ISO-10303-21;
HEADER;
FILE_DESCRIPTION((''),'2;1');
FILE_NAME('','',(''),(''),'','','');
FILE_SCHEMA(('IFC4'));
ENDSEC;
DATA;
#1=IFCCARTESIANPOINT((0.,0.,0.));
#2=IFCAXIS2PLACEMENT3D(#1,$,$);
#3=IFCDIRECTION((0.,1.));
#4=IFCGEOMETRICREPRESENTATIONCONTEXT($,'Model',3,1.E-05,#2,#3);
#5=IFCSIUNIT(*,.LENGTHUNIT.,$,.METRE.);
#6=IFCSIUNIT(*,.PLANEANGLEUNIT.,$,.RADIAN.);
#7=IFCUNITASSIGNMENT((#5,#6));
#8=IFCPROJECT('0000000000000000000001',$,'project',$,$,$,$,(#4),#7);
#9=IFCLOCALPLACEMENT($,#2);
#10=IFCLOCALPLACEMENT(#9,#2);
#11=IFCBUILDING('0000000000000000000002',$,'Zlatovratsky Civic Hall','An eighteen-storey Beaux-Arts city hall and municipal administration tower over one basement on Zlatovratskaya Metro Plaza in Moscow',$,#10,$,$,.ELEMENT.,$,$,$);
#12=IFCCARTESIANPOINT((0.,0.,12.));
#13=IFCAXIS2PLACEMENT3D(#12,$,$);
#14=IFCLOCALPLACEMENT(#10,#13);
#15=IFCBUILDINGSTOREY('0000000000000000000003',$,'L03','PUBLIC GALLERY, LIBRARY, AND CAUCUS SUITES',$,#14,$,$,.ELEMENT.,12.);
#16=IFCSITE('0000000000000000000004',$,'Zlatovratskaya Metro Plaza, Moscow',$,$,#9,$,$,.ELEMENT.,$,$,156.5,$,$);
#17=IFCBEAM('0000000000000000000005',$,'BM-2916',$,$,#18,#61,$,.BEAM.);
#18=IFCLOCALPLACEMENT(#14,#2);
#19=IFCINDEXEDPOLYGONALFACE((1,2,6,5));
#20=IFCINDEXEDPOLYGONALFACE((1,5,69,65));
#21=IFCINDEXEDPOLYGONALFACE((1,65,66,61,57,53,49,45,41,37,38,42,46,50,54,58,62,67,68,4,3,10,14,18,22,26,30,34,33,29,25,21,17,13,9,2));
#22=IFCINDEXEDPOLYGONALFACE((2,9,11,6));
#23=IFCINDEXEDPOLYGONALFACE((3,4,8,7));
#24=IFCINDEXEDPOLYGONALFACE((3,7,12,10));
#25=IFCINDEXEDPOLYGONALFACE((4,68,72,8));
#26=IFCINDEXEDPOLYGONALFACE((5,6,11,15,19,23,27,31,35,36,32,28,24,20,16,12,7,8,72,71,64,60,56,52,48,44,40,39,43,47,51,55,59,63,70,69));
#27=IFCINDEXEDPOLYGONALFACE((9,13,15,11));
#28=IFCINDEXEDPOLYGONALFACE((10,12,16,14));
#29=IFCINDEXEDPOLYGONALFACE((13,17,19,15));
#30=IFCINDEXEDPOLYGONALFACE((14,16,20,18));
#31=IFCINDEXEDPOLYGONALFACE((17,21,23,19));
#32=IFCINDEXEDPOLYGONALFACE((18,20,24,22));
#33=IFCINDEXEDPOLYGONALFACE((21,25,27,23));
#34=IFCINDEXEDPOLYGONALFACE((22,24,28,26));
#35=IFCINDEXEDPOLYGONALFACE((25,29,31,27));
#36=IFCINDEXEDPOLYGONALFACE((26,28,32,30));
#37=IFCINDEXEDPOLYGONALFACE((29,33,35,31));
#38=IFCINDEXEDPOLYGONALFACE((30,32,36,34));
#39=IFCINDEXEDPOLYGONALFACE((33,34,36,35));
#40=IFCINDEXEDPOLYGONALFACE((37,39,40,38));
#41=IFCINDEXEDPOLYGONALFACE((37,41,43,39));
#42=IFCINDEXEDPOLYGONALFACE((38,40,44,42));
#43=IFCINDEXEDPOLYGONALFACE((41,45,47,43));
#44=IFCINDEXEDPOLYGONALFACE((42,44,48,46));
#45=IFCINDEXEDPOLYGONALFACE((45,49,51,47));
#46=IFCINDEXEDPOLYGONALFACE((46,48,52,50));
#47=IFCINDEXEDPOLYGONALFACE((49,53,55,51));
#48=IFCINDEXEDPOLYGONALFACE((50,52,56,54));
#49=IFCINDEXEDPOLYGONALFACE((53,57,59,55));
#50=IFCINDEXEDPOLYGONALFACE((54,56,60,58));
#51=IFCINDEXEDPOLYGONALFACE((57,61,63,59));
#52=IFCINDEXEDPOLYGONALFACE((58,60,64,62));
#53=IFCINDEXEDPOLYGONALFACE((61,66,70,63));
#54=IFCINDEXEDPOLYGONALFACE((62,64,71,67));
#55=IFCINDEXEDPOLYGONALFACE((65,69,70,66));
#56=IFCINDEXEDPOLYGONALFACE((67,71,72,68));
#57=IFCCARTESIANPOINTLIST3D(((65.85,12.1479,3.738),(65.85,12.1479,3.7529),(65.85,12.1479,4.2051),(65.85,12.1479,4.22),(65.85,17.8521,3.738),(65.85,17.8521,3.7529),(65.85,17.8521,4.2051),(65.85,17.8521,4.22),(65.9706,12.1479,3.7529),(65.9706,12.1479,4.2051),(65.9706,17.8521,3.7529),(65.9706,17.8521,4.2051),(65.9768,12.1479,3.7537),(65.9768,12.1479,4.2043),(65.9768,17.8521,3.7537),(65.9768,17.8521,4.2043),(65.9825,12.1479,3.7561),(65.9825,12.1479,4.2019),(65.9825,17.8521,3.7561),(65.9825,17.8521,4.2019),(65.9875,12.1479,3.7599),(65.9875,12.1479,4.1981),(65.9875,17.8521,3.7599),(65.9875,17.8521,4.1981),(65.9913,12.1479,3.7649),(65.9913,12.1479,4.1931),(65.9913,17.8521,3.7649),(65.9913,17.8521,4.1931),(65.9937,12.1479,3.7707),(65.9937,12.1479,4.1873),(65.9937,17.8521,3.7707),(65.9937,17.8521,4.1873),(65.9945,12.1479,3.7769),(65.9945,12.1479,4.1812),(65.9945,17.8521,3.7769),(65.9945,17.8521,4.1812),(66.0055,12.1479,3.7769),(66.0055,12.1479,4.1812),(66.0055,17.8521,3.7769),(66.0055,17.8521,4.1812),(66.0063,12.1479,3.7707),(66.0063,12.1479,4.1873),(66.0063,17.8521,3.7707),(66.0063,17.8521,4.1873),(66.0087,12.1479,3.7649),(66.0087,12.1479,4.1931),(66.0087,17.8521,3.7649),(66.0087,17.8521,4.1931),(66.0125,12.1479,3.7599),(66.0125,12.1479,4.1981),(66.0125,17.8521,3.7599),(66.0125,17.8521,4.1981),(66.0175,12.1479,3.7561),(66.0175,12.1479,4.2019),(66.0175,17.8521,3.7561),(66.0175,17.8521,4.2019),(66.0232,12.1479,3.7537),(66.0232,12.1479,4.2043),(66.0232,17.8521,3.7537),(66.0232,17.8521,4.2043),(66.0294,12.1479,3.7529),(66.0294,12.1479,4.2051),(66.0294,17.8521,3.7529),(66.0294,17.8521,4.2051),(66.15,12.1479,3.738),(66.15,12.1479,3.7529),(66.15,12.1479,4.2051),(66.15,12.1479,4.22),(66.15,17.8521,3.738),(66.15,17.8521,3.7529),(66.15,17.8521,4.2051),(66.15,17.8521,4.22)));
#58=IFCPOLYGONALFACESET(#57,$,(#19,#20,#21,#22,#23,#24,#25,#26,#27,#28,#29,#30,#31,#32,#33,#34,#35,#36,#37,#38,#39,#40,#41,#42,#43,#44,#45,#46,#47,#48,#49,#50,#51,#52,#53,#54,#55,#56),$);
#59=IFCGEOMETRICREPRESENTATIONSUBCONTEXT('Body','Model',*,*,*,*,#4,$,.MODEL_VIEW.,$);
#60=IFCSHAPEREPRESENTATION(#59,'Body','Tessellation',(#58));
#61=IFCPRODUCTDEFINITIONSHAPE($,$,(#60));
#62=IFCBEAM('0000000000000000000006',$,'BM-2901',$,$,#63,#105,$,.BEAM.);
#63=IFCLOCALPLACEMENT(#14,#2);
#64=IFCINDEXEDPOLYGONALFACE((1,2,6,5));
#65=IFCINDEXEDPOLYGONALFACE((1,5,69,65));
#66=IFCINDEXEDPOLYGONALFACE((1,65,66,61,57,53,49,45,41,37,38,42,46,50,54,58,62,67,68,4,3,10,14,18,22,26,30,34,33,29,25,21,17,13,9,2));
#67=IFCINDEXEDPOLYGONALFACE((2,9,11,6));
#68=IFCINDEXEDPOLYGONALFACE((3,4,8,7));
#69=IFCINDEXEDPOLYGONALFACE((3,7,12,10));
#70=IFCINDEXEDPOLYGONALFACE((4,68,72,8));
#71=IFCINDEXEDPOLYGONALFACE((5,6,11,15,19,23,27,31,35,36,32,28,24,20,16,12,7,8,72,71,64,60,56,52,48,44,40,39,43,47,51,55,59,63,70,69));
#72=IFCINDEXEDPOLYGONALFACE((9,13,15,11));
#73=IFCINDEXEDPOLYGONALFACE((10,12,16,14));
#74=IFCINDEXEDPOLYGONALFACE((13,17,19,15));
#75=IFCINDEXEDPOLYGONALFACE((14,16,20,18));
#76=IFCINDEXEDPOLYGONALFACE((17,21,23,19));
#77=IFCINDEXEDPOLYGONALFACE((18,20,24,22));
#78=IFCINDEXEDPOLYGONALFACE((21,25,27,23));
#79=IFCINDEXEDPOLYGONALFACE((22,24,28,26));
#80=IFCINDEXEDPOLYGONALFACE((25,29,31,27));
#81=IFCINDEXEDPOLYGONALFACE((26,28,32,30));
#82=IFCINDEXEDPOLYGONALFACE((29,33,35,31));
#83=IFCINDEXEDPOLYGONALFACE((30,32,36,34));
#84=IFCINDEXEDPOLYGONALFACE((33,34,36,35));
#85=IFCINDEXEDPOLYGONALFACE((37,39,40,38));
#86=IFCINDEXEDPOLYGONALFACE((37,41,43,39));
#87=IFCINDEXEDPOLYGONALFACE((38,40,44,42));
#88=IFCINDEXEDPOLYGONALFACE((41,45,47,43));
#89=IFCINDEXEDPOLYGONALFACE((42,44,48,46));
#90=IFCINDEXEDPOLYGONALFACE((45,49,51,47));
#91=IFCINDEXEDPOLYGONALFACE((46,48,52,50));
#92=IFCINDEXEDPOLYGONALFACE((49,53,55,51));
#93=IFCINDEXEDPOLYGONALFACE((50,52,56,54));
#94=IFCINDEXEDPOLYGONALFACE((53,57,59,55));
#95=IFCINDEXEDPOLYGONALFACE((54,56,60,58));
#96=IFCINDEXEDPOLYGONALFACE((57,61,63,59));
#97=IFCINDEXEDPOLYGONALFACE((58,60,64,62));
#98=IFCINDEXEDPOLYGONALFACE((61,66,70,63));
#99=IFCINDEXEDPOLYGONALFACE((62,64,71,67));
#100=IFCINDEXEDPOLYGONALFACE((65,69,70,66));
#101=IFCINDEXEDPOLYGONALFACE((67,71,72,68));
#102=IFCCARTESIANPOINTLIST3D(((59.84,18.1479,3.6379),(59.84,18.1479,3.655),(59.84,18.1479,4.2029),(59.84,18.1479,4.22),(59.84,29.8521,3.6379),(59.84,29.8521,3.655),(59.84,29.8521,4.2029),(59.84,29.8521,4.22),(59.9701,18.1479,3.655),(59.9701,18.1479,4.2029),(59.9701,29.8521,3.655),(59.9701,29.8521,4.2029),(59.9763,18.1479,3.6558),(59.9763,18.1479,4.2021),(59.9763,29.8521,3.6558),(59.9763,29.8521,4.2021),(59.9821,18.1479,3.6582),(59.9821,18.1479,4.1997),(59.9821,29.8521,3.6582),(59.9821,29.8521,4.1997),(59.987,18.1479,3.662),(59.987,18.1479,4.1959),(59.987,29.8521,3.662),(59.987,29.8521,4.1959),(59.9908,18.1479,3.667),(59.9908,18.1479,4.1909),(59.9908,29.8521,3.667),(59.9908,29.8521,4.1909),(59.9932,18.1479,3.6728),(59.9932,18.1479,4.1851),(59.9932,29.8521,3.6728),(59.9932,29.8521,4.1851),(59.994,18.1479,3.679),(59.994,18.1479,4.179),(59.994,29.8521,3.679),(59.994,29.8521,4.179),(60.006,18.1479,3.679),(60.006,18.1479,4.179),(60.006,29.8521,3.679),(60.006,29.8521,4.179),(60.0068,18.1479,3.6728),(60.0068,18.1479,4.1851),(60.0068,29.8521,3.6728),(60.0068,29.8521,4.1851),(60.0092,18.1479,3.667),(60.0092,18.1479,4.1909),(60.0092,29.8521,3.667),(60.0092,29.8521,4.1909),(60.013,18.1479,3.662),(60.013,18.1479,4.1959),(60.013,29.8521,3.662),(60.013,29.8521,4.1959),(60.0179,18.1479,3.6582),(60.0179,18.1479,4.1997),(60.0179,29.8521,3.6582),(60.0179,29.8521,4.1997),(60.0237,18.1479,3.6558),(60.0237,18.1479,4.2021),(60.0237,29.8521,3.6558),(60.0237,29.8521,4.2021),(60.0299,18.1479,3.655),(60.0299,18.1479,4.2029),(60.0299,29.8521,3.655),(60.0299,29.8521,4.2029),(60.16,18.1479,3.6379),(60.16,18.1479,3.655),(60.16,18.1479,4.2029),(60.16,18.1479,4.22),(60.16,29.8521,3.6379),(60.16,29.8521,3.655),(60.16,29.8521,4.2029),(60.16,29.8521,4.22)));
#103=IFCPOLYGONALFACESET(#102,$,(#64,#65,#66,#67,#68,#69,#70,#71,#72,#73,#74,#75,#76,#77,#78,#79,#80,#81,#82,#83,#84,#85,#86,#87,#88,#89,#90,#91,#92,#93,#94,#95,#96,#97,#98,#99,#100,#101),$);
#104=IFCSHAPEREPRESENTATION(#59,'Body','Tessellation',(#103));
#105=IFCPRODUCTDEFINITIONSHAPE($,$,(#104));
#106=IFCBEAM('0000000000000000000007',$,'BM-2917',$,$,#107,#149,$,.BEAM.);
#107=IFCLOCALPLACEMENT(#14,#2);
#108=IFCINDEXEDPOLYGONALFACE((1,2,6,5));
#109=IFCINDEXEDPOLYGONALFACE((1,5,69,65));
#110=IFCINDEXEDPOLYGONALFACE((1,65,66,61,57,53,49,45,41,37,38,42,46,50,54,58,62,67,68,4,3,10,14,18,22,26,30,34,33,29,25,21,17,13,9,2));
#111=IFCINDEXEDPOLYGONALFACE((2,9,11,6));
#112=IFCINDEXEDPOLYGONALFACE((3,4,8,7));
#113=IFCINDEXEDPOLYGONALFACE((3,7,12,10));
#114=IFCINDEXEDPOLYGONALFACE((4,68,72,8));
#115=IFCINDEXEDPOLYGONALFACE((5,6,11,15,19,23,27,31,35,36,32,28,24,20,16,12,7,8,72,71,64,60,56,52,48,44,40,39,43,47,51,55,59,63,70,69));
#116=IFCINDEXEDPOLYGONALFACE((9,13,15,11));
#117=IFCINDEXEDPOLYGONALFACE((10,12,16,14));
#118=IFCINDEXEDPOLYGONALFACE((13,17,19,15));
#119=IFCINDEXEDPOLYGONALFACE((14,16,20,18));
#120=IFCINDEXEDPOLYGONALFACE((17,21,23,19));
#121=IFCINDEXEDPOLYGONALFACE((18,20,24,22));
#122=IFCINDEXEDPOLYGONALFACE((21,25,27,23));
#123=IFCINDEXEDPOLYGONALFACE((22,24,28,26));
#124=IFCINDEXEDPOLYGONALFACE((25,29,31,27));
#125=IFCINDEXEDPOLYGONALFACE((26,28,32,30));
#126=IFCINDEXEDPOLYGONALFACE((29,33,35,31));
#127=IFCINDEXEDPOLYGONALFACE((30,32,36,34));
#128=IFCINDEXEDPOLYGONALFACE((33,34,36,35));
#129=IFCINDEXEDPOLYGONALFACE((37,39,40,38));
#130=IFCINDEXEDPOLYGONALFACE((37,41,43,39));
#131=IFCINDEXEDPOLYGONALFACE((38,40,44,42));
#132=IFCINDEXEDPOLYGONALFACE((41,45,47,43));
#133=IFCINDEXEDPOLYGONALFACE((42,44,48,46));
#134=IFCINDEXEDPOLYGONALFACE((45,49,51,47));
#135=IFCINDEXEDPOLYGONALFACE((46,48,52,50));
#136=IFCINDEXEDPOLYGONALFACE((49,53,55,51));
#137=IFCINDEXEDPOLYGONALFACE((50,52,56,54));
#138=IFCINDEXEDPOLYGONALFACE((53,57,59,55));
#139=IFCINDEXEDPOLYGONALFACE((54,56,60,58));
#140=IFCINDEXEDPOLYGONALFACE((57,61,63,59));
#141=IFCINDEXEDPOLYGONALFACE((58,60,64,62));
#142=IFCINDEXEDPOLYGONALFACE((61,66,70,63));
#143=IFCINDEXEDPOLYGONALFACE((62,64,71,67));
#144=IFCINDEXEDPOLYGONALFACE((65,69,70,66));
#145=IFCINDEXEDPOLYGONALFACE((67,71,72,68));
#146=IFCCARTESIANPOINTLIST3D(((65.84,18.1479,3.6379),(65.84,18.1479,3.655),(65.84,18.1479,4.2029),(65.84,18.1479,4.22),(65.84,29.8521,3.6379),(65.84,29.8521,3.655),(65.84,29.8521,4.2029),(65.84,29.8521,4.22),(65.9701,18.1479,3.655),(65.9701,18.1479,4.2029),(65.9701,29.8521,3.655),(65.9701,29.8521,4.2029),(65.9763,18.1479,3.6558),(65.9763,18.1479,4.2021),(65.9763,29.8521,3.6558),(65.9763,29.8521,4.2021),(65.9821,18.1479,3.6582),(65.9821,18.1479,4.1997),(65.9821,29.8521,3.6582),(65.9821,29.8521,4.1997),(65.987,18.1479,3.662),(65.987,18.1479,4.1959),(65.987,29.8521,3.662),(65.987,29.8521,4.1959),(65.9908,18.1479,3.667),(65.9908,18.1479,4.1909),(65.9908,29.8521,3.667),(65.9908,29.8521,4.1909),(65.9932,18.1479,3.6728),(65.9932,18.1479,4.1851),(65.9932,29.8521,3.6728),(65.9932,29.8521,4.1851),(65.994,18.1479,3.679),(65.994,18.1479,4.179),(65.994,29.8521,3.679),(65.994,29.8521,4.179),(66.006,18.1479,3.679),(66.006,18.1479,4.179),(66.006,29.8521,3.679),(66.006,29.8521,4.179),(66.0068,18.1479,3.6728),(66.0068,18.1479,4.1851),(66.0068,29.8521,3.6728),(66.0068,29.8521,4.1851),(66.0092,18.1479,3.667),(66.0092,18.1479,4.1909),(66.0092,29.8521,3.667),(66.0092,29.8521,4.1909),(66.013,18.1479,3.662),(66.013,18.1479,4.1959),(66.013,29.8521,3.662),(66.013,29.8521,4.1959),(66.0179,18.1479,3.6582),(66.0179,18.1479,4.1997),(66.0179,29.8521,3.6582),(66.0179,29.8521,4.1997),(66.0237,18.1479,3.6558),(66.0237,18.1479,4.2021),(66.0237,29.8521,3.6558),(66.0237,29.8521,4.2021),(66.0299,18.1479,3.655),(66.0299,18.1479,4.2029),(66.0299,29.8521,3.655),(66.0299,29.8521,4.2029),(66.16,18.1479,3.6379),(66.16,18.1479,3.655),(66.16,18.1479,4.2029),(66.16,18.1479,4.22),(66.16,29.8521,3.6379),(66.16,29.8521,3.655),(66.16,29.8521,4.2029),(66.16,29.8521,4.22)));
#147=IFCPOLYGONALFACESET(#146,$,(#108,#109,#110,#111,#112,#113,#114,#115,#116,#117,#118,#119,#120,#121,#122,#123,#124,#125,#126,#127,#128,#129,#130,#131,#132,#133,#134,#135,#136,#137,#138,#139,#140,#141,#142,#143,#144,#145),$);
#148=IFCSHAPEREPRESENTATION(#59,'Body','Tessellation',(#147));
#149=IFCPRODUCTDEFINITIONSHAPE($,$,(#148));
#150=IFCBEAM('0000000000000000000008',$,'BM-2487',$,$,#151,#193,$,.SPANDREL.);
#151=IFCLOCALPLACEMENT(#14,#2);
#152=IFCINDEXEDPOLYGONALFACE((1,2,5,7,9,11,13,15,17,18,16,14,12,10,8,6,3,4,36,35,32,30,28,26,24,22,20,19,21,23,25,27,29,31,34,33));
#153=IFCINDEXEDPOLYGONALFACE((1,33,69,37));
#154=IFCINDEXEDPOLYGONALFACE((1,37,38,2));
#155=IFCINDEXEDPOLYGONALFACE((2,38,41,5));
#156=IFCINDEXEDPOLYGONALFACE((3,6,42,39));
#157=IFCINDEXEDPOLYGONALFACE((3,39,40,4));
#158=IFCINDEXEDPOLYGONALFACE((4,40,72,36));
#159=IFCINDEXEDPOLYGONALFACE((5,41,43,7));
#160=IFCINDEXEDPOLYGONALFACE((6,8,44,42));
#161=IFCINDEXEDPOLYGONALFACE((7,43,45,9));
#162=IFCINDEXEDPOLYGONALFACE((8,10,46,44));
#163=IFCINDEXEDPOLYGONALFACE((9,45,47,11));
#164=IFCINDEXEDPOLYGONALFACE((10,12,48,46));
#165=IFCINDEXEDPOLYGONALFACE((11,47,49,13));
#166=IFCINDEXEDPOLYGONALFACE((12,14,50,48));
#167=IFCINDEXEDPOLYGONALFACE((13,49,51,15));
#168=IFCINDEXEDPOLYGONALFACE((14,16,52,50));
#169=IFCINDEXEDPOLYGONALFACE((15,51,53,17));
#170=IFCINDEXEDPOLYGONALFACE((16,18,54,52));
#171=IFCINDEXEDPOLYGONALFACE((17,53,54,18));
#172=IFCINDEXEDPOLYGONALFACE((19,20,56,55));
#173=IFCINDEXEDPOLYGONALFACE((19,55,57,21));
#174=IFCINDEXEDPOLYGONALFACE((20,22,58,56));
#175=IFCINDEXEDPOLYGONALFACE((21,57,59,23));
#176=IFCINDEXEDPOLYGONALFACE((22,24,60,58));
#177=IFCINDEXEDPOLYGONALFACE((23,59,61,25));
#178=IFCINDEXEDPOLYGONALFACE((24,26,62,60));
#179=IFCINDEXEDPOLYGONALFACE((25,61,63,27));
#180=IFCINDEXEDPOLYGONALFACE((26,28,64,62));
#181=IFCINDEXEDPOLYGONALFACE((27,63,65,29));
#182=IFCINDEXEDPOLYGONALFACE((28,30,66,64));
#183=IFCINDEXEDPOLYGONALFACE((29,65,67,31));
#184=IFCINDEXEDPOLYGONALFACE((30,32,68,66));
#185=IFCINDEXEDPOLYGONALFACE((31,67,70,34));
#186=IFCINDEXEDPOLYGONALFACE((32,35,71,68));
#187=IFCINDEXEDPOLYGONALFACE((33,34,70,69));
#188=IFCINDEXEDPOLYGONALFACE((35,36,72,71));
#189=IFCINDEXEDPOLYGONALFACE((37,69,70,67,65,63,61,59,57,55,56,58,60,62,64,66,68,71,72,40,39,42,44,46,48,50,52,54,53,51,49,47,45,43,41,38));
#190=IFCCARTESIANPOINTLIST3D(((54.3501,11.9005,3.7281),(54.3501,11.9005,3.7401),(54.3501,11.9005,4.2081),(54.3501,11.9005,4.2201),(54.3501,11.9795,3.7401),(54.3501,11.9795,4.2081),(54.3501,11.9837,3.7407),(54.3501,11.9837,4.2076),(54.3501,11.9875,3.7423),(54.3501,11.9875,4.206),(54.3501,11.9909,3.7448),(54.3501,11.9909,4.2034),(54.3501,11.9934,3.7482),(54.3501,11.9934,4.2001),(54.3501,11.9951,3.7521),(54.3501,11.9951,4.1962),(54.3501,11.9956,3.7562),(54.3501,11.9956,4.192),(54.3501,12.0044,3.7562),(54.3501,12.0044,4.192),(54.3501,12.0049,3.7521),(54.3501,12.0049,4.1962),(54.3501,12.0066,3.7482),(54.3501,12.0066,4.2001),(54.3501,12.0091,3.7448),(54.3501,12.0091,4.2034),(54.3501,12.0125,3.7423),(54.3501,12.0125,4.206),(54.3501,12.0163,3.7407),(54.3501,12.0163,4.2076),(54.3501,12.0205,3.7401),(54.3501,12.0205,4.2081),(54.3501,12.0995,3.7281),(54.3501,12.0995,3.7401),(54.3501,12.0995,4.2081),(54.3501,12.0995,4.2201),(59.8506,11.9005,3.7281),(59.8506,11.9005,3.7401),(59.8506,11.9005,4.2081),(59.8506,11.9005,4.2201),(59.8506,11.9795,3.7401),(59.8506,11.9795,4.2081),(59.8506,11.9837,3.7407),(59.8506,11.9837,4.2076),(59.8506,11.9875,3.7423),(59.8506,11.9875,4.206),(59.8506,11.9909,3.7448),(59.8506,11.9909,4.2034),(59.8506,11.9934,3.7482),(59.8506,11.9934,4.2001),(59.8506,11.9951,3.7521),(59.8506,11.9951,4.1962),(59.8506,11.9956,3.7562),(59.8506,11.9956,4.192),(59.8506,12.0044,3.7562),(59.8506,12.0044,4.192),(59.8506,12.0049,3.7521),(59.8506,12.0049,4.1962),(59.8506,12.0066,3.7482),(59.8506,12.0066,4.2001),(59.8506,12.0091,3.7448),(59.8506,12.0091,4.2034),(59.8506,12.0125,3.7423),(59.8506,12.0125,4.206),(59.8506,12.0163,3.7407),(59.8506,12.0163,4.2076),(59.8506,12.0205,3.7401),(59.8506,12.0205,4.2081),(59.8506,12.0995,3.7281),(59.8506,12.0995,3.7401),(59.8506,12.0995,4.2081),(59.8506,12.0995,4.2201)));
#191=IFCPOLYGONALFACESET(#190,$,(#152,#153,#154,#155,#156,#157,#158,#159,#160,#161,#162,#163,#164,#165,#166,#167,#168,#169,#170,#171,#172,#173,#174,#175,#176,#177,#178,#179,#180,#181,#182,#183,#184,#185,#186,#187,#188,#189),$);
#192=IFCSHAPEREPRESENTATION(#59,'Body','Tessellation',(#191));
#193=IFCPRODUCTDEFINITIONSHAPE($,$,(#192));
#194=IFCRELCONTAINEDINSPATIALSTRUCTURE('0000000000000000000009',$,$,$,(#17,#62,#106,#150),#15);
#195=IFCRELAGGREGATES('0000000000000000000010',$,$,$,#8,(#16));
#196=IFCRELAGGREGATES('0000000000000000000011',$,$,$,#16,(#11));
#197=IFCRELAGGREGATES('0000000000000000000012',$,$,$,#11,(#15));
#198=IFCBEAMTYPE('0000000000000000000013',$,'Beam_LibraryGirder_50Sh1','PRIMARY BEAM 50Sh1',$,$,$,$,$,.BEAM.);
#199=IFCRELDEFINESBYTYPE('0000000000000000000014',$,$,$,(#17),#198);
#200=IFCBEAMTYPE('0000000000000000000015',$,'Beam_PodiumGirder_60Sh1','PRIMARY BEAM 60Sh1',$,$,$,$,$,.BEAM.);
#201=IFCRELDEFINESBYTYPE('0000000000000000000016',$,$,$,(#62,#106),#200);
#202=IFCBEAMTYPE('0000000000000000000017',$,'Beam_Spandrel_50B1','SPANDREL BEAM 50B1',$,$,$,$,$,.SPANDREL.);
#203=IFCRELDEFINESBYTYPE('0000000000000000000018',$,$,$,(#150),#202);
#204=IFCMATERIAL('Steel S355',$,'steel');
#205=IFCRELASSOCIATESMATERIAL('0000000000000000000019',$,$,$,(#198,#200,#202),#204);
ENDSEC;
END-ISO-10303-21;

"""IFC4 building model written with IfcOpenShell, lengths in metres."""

from ifc_helpers import new_model, si_unit, direction, frame, origin, origin_2d, place, context, subcontext, project, spatial, i_section, extrude, material, material_profile, profile_set, type_object, element, save


model = new_model("IFC4")

# Units and contexts
model_context = context("Model", 3, precision=1e-05, world=origin(), true_north=direction((0.0, 1.0)))
body_context = subcontext(model_context, "Body", "Model", "MODEL_VIEW")
ifc_project = project(units=[si_unit("LENGTHUNIT", "METRE"), si_unit("PLANEANGLEUNIT", "RADIAN")], contexts=[model_context])

# Site, building, storey
site_placement = place(None, origin())
site = spatial("IfcSite", under=ifc_project, at=site_placement, Name="Zlatovratskaya Metro Plaza, Moscow", CompositionType="ELEMENT", RefElevation=156.5)
building_placement = place(site_placement, origin())
building = spatial("IfcBuilding", under=site, at=building_placement, Name="Zlatovratsky Civic Hall", Description="An eighteen-storey Beaux-Arts city hall and municipal administration tower over one basement on Zlatovratskaya Metro Plaza in Moscow", CompositionType="ELEMENT")
storey_placement = place(building_placement, frame((0.0, 0.0, 12.0)))
storey = spatial("IfcBuildingStorey", under=building, at=storey_placement, Name="L03", Description="PUBLIC GALLERY, LIBRARY, AND CAUCUS SUITES", CompositionType="ELEMENT", Elevation=12.0)

# Shared definitions
ifc_material_1 = material(Name="Steel S355", Category="steel")

# Beams
ifc_material_profile_1 = material_profile(ifc_material_1, i_section(OverallWidth=0.3, OverallDepth=0.4819, WebThickness=0.011, FlangeThickness=0.0149, FilletRadius=0.0239, at=origin_2d()), Name="50Sh1")
ifc_profile_set_1 = profile_set([ifc_material_profile_1], Name="Steel S355")
beam_type_1 = type_object("IfcBeamType", Name="Beam_LibraryGirder_50Sh1", Description="PRIMARY BEAM 50Sh1", PredefinedType="BEAM", material=ifc_profile_set_1)
for number, where, z_axis, x_axis, name in (
    (1, (66.0, 12.1479, 3.979), (0.0, 1.0, 0.0), (-1.0, 0.0, 0.0), "BM-2916"),
):
    element("IfcBeam", number, at=place(storey_placement, frame(where, z_axis=z_axis, x_axis=x_axis)), inside=storey, type_object=beam_type_1, Name=name, PredefinedType="BEAM", context=body_context, shape_type="SweptSolid", body=[
        extrude(i_section(OverallWidth=0.3, OverallDepth=0.4819, WebThickness=0.011, FlangeThickness=0.0149, FilletRadius=0.0239, at=origin_2d()), origin(), (0.0, 0.0, 1.0), 5.7041),
    ])
ifc_material_profile_2 = material_profile(ifc_material_1, i_section(OverallWidth=0.3201, OverallDepth=0.582, WebThickness=0.012, FlangeThickness=0.0171, FilletRadius=0.0239, at=origin_2d()), Name="60Sh1")
ifc_profile_set_2 = profile_set([ifc_material_profile_2], Name="Steel S355")
beam_type_2 = type_object("IfcBeamType", Name="Beam_PodiumGirder_60Sh1", Description="PRIMARY BEAM 60Sh1", PredefinedType="BEAM", material=ifc_profile_set_2)
for number, where, z_axis, x_axis, name in (
    (2, (60.0, 18.1479, 3.929), (0.0, 1.0, 0.0), (-1.0, 0.0, 0.0), "BM-2901"),
    (3, (66.0, 18.1479, 3.929), (0.0, 1.0, 0.0), (-1.0, 0.0, 0.0), "BM-2917"),
):
    element("IfcBeam", number, at=place(storey_placement, frame(where, z_axis=z_axis, x_axis=x_axis)), inside=storey, type_object=beam_type_2, Name=name, PredefinedType="BEAM", context=body_context, shape_type="SweptSolid", body=[
        extrude(i_section(OverallWidth=0.3201, OverallDepth=0.582, WebThickness=0.012, FlangeThickness=0.0171, FilletRadius=0.0239, at=origin_2d()), origin(), (0.0, 0.0, 1.0), 11.7041),
    ])
ifc_material_profile_3 = material_profile(ifc_material_1, i_section(OverallWidth=0.199, OverallDepth=0.4919, WebThickness=0.0088, FlangeThickness=0.012, FilletRadius=0.0161, at=origin_2d()), Name="50B1")
ifc_profile_set_3 = profile_set([ifc_material_profile_3], Name="Steel S355")
beam_type_3 = type_object("IfcBeamType", Name="Beam_Spandrel_50B1", Description="SPANDREL BEAM 50B1", PredefinedType="SPANDREL", material=ifc_profile_set_3)
beam_1_placement = place(storey_placement, frame((54.3501, 12.0, 3.9741), z_axis=(1.0, 0.0, 0.0), x_axis=(0.0, 1.0, 0.0)))
element("IfcBeam", 4, at=beam_1_placement, inside=storey, type_object=beam_type_3, Name="BM-2487", PredefinedType="SPANDREL", context=body_context, shape_type="SweptSolid", body=[
    extrude(i_section(OverallWidth=0.199, OverallDepth=0.4919, WebThickness=0.0088, FlangeThickness=0.012, FilletRadius=0.0161, at=origin_2d()), origin(), (0.0, 0.0, 1.0), 5.5005),
])

save(model, "model.ifc")
